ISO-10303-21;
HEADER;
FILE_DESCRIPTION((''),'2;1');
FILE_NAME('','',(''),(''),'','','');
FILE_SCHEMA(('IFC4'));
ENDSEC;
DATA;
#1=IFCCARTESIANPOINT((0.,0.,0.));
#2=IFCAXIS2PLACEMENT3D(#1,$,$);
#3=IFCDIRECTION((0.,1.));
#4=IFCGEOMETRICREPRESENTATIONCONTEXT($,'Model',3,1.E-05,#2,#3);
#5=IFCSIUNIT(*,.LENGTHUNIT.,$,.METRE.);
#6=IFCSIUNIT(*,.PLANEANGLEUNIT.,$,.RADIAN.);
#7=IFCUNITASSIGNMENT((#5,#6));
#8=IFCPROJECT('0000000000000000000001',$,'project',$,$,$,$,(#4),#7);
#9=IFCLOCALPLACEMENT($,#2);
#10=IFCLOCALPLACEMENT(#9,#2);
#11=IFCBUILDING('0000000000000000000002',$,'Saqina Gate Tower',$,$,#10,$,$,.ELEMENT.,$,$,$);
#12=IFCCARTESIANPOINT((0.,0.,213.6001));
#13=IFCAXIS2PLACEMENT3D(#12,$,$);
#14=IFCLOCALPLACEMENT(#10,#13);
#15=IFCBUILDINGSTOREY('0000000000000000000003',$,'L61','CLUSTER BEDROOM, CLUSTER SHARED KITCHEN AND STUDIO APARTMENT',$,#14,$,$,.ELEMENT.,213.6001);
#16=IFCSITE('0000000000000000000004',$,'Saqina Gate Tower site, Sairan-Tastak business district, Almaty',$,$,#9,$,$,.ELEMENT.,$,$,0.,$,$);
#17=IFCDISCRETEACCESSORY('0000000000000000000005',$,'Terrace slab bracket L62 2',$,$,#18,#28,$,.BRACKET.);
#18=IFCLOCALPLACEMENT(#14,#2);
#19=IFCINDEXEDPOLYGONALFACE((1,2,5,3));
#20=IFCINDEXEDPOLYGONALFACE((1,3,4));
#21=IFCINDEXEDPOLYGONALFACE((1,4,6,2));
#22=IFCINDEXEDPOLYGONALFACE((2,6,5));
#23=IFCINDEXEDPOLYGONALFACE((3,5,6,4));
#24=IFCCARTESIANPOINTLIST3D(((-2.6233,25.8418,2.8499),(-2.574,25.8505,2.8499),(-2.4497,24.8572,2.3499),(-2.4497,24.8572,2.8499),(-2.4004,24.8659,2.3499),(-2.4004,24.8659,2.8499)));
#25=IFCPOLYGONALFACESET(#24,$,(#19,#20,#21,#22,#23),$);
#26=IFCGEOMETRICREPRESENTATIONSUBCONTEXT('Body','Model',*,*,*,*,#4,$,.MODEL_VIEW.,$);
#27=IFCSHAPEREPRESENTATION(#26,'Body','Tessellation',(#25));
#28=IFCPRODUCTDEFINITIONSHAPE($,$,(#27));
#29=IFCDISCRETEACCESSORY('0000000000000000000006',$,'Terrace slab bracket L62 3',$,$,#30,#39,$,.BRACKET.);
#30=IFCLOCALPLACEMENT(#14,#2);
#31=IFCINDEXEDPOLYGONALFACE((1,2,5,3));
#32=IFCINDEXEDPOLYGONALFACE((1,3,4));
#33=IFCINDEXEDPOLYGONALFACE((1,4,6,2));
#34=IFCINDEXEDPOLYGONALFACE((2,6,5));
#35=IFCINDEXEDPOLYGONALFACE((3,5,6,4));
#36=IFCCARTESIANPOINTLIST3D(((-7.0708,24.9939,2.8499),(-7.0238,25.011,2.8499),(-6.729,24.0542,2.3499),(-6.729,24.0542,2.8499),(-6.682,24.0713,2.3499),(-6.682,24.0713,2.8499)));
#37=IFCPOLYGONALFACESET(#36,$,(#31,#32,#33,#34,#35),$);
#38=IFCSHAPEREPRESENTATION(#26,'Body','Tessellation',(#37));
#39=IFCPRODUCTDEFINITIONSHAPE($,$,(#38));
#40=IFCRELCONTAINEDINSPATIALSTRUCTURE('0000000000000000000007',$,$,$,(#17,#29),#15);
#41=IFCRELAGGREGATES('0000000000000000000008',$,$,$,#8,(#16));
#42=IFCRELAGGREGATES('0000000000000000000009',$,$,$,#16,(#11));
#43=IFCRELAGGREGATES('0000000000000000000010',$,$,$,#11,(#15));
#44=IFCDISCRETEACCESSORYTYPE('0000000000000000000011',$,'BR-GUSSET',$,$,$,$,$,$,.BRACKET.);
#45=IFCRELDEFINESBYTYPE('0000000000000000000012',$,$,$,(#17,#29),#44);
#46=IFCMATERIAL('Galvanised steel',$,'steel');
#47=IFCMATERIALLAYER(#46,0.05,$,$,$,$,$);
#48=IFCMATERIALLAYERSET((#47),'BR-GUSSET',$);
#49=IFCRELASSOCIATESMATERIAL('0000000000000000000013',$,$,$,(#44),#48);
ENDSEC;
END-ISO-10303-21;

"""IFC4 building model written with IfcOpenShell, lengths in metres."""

from ifc_helpers import new_model, si_unit, direction, frame, origin, place, context, subcontext, project, spatial, polyline, outline, extrude, material, layer, layer_set, type_object, element, save


model = new_model("IFC4")

# Units and contexts
model_context = context("Model", 3, precision=1e-05, world=origin(), true_north=direction((0.0, 1.0)))
body_context = subcontext(model_context, "Body", "Model", "MODEL_VIEW")
ifc_project = project(units=[si_unit("LENGTHUNIT", "METRE"), si_unit("PLANEANGLEUNIT", "RADIAN")], contexts=[model_context])

# Site, building, storey
site_placement = place(None, origin())
site = spatial("IfcSite", under=ifc_project, at=site_placement, Name="Saqina Gate Tower site, Sairan-Tastak business district, Almaty", CompositionType="ELEMENT", RefElevation=0.0)
building_placement = place(site_placement, origin())
building = spatial("IfcBuilding", under=site, at=building_placement, Name="Saqina Gate Tower", CompositionType="ELEMENT")
storey_placement = place(building_placement, frame((0.0, 0.0, 213.6001)))
storey = spatial("IfcBuildingStorey", under=building, at=storey_placement, Name="L61", Description="CLUSTER BEDROOM, CLUSTER SHARED KITCHEN AND STUDIO APARTMENT", CompositionType="ELEMENT", Elevation=213.6001)

# Discrete accessories
ifc_material_1 = material(Name="Galvanised steel", Category="steel")
ifc_layer_1 = layer(ifc_material_1, 0.05)
ifc_layer_set_1 = layer_set([ifc_layer_1], Name="BR-GUSSET")
discrete_accessory_type_1 = type_object("IfcDiscreteAccessoryType", Name="BR-GUSSET", PredefinedType="BRACKET", material=ifc_layer_set_1)
discrete_accessory_1_placement = place(storey_placement, frame((-2.4497, 24.8572, 2.3499), z_axis=(-0.984813, -0.173618, 0.0), x_axis=(0.0, 0.0, 1.0)))
element("IfcDiscreteAccessory", 1, at=discrete_accessory_1_placement, inside=storey, type_object=discrete_accessory_type_1, Name="Terrace slab bracket L62 2", PredefinedType="BRACKET", context=body_context, shape_type="SweptSolid", body=[
    extrude(outline(polyline([(0.0, 0.0), (0.5, 0.0), (0.5, 0.9998), (0.0, 0.0)])), origin(), (0.0, 0.0, -1.0), 0.05),
])
discrete_accessory_2_placement = place(storey_placement, frame((-6.729, 24.0542, 2.3499), z_axis=(-0.939765, -0.341821, 0.0), x_axis=(0.0, 0.0, 1.0)))
element("IfcDiscreteAccessory", 2, at=discrete_accessory_2_placement, inside=storey, type_object=discrete_accessory_type_1, Name="Terrace slab bracket L62 3", PredefinedType="BRACKET", context=body_context, shape_type="SweptSolid", body=[
    extrude(outline(polyline([(0.0, 0.0), (0.5, 0.0), (0.5, 0.9999), (0.0, 0.0)])), origin(), (0.0, 0.0, -1.0), 0.05),
])

save(model, "model.ifc")
